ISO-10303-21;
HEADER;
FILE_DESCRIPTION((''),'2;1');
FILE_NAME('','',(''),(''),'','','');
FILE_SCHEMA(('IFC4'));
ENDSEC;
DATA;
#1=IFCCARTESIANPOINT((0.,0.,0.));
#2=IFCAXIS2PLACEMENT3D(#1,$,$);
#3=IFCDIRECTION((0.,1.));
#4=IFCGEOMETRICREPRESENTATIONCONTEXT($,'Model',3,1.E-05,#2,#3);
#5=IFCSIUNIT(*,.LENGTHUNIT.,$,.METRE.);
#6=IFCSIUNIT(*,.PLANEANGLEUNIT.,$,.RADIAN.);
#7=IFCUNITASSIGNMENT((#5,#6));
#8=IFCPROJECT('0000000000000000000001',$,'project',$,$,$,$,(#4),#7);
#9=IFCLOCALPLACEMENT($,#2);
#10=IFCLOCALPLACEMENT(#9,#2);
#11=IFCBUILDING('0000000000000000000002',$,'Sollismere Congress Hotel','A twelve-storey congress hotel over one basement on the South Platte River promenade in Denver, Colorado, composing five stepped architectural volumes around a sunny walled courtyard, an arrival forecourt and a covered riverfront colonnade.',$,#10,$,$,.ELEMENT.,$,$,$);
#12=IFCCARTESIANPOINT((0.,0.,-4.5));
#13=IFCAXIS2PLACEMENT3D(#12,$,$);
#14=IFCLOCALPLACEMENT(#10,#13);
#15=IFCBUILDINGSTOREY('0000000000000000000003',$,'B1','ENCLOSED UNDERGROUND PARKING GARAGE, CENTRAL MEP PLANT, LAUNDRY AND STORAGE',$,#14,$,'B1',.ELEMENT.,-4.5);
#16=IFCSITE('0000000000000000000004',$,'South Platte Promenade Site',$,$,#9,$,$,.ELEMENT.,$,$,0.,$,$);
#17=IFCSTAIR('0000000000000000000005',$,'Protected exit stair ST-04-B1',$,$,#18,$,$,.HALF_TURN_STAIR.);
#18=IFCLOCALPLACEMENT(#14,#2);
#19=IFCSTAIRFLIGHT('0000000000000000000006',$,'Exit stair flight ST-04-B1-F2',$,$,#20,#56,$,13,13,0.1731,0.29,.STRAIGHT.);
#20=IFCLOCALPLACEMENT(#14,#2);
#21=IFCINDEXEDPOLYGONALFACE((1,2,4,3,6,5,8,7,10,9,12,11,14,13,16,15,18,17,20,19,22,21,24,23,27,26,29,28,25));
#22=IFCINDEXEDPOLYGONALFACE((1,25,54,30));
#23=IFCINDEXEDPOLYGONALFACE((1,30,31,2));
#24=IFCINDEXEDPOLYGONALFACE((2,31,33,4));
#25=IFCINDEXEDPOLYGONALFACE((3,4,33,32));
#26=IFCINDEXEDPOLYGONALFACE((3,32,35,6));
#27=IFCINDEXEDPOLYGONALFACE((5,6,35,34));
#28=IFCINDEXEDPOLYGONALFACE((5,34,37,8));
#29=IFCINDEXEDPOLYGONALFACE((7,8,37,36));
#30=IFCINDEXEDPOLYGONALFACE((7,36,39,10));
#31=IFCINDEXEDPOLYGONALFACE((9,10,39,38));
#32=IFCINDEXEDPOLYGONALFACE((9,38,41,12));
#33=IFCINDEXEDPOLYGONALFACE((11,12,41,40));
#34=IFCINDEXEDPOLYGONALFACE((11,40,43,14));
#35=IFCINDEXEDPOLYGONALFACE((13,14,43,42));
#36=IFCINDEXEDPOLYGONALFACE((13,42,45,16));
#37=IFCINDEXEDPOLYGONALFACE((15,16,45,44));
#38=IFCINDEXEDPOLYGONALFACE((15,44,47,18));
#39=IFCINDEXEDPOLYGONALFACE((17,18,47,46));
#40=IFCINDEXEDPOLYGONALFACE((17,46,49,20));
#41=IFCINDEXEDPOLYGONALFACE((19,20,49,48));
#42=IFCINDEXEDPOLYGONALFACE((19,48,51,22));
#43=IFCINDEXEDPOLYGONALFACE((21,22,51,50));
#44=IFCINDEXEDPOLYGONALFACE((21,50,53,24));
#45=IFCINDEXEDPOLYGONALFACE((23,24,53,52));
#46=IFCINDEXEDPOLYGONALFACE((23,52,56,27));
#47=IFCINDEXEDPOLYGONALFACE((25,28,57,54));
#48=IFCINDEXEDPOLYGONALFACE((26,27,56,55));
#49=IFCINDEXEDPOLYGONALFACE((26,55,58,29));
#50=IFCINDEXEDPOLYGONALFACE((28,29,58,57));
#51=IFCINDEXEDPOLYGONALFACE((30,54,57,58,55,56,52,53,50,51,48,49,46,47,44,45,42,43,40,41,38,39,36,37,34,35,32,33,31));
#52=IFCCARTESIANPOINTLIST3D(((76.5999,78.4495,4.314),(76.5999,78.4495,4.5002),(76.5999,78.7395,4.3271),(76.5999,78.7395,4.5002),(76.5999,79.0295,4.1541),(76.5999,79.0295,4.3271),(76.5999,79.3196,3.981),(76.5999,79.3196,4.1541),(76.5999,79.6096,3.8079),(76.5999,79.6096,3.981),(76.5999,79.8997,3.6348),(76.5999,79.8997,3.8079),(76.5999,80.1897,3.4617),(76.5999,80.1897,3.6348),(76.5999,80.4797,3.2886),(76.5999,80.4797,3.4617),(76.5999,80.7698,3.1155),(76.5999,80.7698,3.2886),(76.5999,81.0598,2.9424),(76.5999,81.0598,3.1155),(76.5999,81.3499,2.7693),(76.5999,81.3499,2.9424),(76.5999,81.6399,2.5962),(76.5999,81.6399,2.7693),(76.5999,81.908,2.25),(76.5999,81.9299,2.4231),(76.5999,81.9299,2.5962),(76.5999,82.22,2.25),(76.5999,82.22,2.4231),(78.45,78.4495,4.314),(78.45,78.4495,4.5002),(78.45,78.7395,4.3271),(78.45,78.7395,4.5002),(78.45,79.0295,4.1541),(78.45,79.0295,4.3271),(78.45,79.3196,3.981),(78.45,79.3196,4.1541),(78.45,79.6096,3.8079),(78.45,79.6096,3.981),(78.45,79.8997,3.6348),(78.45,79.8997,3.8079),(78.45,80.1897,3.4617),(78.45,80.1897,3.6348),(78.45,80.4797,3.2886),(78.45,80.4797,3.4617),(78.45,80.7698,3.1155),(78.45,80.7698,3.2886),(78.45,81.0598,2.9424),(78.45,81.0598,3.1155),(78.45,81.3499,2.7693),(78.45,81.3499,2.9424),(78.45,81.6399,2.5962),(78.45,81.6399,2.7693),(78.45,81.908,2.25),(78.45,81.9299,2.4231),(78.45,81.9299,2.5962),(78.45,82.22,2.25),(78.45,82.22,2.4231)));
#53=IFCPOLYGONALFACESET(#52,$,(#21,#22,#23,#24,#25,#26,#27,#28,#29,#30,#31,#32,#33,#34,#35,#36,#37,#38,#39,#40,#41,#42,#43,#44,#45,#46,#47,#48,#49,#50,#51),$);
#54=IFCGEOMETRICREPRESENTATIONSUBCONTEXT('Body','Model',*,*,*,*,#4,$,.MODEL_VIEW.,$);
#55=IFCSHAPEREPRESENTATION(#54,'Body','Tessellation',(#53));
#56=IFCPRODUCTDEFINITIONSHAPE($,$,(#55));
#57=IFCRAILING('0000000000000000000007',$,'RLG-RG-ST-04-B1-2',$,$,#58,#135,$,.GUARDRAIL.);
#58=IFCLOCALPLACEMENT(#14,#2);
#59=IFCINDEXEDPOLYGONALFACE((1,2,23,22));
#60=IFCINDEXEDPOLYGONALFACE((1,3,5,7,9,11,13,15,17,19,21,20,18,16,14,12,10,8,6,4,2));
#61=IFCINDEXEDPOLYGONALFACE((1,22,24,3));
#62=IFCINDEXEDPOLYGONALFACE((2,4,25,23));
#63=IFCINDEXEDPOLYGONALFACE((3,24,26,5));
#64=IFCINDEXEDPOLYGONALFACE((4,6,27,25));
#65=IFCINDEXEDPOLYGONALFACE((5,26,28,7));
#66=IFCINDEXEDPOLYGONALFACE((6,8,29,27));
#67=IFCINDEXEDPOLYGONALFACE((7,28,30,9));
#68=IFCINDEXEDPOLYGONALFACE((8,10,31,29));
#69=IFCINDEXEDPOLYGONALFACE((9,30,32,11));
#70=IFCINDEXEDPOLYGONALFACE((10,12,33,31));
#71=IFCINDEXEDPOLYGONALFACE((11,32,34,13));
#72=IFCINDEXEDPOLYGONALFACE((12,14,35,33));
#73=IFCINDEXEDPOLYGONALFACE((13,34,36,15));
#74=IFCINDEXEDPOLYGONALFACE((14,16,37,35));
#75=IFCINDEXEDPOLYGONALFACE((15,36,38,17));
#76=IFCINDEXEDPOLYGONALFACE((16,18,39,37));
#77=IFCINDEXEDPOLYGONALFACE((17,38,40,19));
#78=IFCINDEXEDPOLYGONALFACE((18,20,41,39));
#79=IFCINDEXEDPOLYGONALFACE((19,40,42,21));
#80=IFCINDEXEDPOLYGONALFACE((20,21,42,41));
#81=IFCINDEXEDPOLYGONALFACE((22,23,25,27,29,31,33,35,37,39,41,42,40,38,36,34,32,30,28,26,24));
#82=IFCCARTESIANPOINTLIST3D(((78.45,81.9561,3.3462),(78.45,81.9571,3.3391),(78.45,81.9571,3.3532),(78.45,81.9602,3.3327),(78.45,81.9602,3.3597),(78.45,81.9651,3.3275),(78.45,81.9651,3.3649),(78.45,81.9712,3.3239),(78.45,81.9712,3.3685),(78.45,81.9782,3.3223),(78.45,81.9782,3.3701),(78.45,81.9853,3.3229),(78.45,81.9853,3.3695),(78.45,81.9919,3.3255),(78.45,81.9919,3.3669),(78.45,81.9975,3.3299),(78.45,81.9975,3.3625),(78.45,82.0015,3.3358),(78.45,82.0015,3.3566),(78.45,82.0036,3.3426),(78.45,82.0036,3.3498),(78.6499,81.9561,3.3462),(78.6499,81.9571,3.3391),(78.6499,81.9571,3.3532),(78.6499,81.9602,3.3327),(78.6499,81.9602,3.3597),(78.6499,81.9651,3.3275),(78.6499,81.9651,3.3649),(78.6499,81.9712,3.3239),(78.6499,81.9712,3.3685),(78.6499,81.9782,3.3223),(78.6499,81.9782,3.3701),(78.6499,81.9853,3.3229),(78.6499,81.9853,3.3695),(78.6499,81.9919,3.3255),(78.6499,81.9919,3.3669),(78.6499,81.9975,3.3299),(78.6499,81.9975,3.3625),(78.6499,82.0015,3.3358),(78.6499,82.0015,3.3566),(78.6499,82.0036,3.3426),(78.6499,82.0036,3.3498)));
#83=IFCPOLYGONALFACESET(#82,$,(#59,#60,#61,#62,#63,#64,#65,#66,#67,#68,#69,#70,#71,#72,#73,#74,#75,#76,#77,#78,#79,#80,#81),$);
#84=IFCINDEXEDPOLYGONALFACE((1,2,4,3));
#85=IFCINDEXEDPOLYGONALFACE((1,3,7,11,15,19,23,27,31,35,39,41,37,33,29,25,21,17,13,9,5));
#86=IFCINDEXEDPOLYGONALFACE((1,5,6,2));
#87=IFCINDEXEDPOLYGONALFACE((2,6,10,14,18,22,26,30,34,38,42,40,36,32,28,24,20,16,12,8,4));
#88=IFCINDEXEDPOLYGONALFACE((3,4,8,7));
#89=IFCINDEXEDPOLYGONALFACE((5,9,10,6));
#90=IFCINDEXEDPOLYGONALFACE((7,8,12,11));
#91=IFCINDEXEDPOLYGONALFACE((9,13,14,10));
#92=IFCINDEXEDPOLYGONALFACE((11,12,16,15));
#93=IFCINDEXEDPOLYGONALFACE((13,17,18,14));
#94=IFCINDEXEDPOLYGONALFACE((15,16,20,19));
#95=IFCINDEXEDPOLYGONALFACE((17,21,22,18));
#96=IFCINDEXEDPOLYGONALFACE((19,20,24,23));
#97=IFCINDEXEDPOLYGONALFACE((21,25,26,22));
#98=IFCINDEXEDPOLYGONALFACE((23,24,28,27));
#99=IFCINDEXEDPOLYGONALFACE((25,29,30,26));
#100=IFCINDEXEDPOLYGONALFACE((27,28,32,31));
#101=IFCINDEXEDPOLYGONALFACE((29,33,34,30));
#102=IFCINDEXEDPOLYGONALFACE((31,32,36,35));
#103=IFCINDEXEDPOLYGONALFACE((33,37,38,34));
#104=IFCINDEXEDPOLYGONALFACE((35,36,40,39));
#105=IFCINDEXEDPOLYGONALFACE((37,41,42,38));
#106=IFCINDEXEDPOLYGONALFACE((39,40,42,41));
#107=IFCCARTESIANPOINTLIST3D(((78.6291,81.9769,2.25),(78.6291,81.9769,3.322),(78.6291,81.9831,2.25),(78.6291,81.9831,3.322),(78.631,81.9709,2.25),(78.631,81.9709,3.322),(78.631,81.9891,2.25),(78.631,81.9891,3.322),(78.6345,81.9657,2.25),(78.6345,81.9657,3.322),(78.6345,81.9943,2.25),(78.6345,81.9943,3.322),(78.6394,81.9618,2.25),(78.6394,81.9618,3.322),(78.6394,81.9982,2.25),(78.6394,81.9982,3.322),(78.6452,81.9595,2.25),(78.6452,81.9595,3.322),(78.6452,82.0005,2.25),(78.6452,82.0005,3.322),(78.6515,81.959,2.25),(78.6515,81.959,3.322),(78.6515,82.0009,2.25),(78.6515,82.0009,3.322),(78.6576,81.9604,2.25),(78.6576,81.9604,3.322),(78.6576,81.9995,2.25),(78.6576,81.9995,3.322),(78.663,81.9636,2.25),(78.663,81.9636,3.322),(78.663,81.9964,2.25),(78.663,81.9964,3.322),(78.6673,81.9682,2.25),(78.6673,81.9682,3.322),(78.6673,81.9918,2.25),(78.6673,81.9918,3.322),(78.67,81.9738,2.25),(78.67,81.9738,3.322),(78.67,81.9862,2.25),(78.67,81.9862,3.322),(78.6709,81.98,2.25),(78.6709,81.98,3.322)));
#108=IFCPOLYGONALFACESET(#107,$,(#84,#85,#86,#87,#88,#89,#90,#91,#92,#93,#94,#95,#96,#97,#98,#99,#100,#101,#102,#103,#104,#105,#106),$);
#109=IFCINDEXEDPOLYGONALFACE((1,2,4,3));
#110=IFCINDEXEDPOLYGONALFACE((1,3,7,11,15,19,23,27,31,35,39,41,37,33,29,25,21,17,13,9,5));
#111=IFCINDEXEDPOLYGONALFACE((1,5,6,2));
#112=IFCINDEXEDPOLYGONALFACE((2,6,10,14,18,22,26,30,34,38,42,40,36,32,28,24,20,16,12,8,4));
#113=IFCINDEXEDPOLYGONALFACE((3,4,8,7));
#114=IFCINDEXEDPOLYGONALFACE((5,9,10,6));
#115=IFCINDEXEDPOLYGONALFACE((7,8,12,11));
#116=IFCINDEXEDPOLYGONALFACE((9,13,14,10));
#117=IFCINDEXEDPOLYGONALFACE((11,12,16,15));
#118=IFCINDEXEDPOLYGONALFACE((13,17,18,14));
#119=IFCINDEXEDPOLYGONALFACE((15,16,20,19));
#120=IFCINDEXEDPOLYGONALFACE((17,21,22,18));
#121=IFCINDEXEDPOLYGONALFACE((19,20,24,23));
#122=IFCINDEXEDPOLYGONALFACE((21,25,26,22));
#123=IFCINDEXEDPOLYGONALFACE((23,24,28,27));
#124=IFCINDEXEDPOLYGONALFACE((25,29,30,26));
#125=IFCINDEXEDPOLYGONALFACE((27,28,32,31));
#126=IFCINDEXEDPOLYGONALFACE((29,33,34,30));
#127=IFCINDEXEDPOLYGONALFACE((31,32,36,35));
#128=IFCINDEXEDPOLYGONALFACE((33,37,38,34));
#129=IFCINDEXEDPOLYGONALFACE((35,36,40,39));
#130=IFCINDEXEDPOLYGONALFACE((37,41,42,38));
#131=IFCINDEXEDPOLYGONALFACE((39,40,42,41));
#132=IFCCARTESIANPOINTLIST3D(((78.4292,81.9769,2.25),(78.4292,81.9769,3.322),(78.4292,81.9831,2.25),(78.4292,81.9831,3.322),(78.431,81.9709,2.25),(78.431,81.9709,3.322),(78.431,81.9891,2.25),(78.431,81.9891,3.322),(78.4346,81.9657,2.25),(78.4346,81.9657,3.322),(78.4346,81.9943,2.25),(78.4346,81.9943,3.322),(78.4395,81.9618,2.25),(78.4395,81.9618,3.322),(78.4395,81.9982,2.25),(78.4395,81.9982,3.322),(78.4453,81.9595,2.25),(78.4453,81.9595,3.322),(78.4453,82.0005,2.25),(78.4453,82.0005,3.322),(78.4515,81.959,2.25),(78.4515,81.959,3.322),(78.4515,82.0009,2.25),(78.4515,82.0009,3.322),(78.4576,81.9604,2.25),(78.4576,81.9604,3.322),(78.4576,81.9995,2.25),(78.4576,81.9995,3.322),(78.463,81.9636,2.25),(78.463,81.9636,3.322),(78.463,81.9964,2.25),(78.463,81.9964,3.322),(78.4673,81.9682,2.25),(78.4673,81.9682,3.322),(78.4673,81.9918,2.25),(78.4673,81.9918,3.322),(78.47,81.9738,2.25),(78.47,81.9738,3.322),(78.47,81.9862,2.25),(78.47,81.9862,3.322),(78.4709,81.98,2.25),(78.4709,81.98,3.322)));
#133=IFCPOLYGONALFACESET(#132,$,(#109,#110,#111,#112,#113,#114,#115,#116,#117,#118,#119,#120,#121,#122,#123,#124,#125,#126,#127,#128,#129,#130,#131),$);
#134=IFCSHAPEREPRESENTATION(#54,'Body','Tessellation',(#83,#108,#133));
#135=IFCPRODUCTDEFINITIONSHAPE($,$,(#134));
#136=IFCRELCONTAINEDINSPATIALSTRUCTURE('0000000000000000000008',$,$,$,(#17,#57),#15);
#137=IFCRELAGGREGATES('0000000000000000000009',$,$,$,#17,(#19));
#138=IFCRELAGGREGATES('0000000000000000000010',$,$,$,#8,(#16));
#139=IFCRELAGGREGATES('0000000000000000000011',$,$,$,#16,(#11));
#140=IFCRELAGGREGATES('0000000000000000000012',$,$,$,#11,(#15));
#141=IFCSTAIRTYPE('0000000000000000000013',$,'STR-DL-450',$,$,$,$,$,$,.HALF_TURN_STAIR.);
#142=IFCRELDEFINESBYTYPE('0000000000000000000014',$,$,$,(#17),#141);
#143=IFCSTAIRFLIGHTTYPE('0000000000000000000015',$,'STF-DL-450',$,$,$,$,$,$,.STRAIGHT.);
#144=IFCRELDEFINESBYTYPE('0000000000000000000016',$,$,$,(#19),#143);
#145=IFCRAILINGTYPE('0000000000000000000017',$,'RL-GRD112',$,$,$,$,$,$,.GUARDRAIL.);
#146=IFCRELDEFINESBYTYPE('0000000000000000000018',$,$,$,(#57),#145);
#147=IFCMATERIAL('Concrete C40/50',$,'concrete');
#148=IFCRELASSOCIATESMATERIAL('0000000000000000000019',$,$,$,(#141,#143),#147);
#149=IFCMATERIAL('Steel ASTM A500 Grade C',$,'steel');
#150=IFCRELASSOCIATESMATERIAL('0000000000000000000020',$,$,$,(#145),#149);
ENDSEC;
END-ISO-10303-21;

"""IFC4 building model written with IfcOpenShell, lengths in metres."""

from ifc_helpers import new_model, si_unit, direction, frame, origin, origin_2d, place, context, subcontext, project, spatial, polyline, circle, outline, extrude, material, type_object, element, aggregate, save


model = new_model("IFC4")

# Units and contexts
model_context = context("Model", 3, precision=1e-05, world=origin(), true_north=direction((0.0, 1.0)))
body_context = subcontext(model_context, "Body", "Model", "MODEL_VIEW")
ifc_project = project(units=[si_unit("LENGTHUNIT", "METRE"), si_unit("PLANEANGLEUNIT", "RADIAN")], contexts=[model_context])

# Site, building, storey
site_placement = place(None, origin())
site = spatial("IfcSite", under=ifc_project, at=site_placement, Name="South Platte Promenade Site", CompositionType="ELEMENT", RefElevation=0.0)
building_placement = place(site_placement, origin())
building = spatial("IfcBuilding", under=site, at=building_placement, Name="Sollismere Congress Hotel", Description="A twelve-storey congress hotel over one basement on the South Platte River promenade in Denver, Colorado, composing five stepped architectural volumes around a sunny walled courtyard, an arrival forecourt and a covered riverfront colonnade.", CompositionType="ELEMENT")
storey_placement = place(building_placement, frame((0.0, 0.0, -4.5)))
storey = spatial("IfcBuildingStorey", under=building, at=storey_placement, Name="B1", Description="ENCLOSED UNDERGROUND PARKING GARAGE, CENTRAL MEP PLANT, LAUNDRY AND STORAGE", LongName="B1", CompositionType="ELEMENT", Elevation=-4.5)

# Shared definitions
ifc_material_1 = material(Name="Concrete C40/50", Category="concrete")

# Stair, stair flight
stair_type = type_object("IfcStairType", Name="STR-DL-450", PredefinedType="HALF_TURN_STAIR", material=ifc_material_1)
stair_placement = place(storey_placement, origin())
stair = element("IfcStair", 1, at=stair_placement, inside=storey, type_object=stair_type, Name="Protected exit stair ST-04-B1", PredefinedType="HALF_TURN_STAIR")
stair_flight_type = type_object("IfcStairFlightType", Name="STF-DL-450", PredefinedType="STRAIGHT", material=ifc_material_1)
stair_flight_placement = place(storey_placement, frame((77.5249, 82.22, 2.25), z_axis=(0.0, 0.0, 1.0), x_axis=(0.0, -1.0, 0.0)))
stair_flight = element("IfcStairFlight", 2, at=stair_flight_placement, type_object=stair_flight_type, Name="Exit stair flight ST-04-B1-F2", NumberOfRisers=13, NumberOfTreads=13, PredefinedType="STRAIGHT", RiserHeight=0.1731, TreadLength=0.29, context=body_context, shape_type="SweptSolid", body=[
    extrude(outline(polyline([(0.0, 0.0), (0.0, 0.1731), (0.29, 0.1731), (0.29, 0.3462), (0.5801, 0.3462), (0.5801, 0.5193), (0.8701, 0.5193), (0.8701, 0.6924), (1.1602, 0.6924), (1.1602, 0.8655), (1.4502, 0.8655), (1.4502, 1.0386), (1.7402, 1.0386), (1.7402, 1.2117), (2.0303, 1.2117), (2.0303, 1.3848), (2.3203, 1.3848), (2.3203, 1.5579), (2.6104, 1.5579), (2.6104, 1.731), (2.9004, 1.731), (2.9004, 1.9041), (3.1904, 1.9041), (3.1904, 2.0771), (3.4805, 2.0771), (3.4805, 2.2502), (3.7705, 2.2502), (3.7705, 2.064), (0.312, 0.0), (0.0, 0.0)])), frame((0.0, 0.925, 0.0), z_axis=(0.0, -1.0, 0.0), x_axis=(1.0, 0.0, 0.0)), (0.0, 0.0, 1.0), 1.8501),
])
aggregate(stair, [stair_flight])

# Railing
ifc_material_2 = material(Name="Steel ASTM A500 Grade C", Category="steel")
railing_type_1 = type_object("IfcRailingType", Name="RL-GRD112", PredefinedType="GUARDRAIL", material=ifc_material_2)
railing_1_placement = place(storey_placement, frame((78.6499, 81.98, 2.25)))
element("IfcRailing", 3, at=railing_1_placement, inside=storey, type_object=railing_type_1, Name="RLG-RG-ST-04-B1-2", PredefinedType="GUARDRAIL", context=body_context, shape_type="SweptSolid", body=[
    extrude(circle(Radius=0.0239, at=origin_2d()), frame((0.0, 0.0, 1.0962), z_axis=(-1.0, 0.0, 0.0), x_axis=(0.0, -1.0, 0.0)), (0.0, 0.0, 1.0), 0.2),
    extrude(circle(Radius=0.021, at=origin_2d()), origin(), (0.0, 0.0, 1.0), 1.072),
    extrude(circle(Radius=0.021, at=origin_2d()), frame((-0.2, 0.0, 0.0)), (0.0, 0.0, 1.0), 1.072),
])

save(model, "model.ifc")
